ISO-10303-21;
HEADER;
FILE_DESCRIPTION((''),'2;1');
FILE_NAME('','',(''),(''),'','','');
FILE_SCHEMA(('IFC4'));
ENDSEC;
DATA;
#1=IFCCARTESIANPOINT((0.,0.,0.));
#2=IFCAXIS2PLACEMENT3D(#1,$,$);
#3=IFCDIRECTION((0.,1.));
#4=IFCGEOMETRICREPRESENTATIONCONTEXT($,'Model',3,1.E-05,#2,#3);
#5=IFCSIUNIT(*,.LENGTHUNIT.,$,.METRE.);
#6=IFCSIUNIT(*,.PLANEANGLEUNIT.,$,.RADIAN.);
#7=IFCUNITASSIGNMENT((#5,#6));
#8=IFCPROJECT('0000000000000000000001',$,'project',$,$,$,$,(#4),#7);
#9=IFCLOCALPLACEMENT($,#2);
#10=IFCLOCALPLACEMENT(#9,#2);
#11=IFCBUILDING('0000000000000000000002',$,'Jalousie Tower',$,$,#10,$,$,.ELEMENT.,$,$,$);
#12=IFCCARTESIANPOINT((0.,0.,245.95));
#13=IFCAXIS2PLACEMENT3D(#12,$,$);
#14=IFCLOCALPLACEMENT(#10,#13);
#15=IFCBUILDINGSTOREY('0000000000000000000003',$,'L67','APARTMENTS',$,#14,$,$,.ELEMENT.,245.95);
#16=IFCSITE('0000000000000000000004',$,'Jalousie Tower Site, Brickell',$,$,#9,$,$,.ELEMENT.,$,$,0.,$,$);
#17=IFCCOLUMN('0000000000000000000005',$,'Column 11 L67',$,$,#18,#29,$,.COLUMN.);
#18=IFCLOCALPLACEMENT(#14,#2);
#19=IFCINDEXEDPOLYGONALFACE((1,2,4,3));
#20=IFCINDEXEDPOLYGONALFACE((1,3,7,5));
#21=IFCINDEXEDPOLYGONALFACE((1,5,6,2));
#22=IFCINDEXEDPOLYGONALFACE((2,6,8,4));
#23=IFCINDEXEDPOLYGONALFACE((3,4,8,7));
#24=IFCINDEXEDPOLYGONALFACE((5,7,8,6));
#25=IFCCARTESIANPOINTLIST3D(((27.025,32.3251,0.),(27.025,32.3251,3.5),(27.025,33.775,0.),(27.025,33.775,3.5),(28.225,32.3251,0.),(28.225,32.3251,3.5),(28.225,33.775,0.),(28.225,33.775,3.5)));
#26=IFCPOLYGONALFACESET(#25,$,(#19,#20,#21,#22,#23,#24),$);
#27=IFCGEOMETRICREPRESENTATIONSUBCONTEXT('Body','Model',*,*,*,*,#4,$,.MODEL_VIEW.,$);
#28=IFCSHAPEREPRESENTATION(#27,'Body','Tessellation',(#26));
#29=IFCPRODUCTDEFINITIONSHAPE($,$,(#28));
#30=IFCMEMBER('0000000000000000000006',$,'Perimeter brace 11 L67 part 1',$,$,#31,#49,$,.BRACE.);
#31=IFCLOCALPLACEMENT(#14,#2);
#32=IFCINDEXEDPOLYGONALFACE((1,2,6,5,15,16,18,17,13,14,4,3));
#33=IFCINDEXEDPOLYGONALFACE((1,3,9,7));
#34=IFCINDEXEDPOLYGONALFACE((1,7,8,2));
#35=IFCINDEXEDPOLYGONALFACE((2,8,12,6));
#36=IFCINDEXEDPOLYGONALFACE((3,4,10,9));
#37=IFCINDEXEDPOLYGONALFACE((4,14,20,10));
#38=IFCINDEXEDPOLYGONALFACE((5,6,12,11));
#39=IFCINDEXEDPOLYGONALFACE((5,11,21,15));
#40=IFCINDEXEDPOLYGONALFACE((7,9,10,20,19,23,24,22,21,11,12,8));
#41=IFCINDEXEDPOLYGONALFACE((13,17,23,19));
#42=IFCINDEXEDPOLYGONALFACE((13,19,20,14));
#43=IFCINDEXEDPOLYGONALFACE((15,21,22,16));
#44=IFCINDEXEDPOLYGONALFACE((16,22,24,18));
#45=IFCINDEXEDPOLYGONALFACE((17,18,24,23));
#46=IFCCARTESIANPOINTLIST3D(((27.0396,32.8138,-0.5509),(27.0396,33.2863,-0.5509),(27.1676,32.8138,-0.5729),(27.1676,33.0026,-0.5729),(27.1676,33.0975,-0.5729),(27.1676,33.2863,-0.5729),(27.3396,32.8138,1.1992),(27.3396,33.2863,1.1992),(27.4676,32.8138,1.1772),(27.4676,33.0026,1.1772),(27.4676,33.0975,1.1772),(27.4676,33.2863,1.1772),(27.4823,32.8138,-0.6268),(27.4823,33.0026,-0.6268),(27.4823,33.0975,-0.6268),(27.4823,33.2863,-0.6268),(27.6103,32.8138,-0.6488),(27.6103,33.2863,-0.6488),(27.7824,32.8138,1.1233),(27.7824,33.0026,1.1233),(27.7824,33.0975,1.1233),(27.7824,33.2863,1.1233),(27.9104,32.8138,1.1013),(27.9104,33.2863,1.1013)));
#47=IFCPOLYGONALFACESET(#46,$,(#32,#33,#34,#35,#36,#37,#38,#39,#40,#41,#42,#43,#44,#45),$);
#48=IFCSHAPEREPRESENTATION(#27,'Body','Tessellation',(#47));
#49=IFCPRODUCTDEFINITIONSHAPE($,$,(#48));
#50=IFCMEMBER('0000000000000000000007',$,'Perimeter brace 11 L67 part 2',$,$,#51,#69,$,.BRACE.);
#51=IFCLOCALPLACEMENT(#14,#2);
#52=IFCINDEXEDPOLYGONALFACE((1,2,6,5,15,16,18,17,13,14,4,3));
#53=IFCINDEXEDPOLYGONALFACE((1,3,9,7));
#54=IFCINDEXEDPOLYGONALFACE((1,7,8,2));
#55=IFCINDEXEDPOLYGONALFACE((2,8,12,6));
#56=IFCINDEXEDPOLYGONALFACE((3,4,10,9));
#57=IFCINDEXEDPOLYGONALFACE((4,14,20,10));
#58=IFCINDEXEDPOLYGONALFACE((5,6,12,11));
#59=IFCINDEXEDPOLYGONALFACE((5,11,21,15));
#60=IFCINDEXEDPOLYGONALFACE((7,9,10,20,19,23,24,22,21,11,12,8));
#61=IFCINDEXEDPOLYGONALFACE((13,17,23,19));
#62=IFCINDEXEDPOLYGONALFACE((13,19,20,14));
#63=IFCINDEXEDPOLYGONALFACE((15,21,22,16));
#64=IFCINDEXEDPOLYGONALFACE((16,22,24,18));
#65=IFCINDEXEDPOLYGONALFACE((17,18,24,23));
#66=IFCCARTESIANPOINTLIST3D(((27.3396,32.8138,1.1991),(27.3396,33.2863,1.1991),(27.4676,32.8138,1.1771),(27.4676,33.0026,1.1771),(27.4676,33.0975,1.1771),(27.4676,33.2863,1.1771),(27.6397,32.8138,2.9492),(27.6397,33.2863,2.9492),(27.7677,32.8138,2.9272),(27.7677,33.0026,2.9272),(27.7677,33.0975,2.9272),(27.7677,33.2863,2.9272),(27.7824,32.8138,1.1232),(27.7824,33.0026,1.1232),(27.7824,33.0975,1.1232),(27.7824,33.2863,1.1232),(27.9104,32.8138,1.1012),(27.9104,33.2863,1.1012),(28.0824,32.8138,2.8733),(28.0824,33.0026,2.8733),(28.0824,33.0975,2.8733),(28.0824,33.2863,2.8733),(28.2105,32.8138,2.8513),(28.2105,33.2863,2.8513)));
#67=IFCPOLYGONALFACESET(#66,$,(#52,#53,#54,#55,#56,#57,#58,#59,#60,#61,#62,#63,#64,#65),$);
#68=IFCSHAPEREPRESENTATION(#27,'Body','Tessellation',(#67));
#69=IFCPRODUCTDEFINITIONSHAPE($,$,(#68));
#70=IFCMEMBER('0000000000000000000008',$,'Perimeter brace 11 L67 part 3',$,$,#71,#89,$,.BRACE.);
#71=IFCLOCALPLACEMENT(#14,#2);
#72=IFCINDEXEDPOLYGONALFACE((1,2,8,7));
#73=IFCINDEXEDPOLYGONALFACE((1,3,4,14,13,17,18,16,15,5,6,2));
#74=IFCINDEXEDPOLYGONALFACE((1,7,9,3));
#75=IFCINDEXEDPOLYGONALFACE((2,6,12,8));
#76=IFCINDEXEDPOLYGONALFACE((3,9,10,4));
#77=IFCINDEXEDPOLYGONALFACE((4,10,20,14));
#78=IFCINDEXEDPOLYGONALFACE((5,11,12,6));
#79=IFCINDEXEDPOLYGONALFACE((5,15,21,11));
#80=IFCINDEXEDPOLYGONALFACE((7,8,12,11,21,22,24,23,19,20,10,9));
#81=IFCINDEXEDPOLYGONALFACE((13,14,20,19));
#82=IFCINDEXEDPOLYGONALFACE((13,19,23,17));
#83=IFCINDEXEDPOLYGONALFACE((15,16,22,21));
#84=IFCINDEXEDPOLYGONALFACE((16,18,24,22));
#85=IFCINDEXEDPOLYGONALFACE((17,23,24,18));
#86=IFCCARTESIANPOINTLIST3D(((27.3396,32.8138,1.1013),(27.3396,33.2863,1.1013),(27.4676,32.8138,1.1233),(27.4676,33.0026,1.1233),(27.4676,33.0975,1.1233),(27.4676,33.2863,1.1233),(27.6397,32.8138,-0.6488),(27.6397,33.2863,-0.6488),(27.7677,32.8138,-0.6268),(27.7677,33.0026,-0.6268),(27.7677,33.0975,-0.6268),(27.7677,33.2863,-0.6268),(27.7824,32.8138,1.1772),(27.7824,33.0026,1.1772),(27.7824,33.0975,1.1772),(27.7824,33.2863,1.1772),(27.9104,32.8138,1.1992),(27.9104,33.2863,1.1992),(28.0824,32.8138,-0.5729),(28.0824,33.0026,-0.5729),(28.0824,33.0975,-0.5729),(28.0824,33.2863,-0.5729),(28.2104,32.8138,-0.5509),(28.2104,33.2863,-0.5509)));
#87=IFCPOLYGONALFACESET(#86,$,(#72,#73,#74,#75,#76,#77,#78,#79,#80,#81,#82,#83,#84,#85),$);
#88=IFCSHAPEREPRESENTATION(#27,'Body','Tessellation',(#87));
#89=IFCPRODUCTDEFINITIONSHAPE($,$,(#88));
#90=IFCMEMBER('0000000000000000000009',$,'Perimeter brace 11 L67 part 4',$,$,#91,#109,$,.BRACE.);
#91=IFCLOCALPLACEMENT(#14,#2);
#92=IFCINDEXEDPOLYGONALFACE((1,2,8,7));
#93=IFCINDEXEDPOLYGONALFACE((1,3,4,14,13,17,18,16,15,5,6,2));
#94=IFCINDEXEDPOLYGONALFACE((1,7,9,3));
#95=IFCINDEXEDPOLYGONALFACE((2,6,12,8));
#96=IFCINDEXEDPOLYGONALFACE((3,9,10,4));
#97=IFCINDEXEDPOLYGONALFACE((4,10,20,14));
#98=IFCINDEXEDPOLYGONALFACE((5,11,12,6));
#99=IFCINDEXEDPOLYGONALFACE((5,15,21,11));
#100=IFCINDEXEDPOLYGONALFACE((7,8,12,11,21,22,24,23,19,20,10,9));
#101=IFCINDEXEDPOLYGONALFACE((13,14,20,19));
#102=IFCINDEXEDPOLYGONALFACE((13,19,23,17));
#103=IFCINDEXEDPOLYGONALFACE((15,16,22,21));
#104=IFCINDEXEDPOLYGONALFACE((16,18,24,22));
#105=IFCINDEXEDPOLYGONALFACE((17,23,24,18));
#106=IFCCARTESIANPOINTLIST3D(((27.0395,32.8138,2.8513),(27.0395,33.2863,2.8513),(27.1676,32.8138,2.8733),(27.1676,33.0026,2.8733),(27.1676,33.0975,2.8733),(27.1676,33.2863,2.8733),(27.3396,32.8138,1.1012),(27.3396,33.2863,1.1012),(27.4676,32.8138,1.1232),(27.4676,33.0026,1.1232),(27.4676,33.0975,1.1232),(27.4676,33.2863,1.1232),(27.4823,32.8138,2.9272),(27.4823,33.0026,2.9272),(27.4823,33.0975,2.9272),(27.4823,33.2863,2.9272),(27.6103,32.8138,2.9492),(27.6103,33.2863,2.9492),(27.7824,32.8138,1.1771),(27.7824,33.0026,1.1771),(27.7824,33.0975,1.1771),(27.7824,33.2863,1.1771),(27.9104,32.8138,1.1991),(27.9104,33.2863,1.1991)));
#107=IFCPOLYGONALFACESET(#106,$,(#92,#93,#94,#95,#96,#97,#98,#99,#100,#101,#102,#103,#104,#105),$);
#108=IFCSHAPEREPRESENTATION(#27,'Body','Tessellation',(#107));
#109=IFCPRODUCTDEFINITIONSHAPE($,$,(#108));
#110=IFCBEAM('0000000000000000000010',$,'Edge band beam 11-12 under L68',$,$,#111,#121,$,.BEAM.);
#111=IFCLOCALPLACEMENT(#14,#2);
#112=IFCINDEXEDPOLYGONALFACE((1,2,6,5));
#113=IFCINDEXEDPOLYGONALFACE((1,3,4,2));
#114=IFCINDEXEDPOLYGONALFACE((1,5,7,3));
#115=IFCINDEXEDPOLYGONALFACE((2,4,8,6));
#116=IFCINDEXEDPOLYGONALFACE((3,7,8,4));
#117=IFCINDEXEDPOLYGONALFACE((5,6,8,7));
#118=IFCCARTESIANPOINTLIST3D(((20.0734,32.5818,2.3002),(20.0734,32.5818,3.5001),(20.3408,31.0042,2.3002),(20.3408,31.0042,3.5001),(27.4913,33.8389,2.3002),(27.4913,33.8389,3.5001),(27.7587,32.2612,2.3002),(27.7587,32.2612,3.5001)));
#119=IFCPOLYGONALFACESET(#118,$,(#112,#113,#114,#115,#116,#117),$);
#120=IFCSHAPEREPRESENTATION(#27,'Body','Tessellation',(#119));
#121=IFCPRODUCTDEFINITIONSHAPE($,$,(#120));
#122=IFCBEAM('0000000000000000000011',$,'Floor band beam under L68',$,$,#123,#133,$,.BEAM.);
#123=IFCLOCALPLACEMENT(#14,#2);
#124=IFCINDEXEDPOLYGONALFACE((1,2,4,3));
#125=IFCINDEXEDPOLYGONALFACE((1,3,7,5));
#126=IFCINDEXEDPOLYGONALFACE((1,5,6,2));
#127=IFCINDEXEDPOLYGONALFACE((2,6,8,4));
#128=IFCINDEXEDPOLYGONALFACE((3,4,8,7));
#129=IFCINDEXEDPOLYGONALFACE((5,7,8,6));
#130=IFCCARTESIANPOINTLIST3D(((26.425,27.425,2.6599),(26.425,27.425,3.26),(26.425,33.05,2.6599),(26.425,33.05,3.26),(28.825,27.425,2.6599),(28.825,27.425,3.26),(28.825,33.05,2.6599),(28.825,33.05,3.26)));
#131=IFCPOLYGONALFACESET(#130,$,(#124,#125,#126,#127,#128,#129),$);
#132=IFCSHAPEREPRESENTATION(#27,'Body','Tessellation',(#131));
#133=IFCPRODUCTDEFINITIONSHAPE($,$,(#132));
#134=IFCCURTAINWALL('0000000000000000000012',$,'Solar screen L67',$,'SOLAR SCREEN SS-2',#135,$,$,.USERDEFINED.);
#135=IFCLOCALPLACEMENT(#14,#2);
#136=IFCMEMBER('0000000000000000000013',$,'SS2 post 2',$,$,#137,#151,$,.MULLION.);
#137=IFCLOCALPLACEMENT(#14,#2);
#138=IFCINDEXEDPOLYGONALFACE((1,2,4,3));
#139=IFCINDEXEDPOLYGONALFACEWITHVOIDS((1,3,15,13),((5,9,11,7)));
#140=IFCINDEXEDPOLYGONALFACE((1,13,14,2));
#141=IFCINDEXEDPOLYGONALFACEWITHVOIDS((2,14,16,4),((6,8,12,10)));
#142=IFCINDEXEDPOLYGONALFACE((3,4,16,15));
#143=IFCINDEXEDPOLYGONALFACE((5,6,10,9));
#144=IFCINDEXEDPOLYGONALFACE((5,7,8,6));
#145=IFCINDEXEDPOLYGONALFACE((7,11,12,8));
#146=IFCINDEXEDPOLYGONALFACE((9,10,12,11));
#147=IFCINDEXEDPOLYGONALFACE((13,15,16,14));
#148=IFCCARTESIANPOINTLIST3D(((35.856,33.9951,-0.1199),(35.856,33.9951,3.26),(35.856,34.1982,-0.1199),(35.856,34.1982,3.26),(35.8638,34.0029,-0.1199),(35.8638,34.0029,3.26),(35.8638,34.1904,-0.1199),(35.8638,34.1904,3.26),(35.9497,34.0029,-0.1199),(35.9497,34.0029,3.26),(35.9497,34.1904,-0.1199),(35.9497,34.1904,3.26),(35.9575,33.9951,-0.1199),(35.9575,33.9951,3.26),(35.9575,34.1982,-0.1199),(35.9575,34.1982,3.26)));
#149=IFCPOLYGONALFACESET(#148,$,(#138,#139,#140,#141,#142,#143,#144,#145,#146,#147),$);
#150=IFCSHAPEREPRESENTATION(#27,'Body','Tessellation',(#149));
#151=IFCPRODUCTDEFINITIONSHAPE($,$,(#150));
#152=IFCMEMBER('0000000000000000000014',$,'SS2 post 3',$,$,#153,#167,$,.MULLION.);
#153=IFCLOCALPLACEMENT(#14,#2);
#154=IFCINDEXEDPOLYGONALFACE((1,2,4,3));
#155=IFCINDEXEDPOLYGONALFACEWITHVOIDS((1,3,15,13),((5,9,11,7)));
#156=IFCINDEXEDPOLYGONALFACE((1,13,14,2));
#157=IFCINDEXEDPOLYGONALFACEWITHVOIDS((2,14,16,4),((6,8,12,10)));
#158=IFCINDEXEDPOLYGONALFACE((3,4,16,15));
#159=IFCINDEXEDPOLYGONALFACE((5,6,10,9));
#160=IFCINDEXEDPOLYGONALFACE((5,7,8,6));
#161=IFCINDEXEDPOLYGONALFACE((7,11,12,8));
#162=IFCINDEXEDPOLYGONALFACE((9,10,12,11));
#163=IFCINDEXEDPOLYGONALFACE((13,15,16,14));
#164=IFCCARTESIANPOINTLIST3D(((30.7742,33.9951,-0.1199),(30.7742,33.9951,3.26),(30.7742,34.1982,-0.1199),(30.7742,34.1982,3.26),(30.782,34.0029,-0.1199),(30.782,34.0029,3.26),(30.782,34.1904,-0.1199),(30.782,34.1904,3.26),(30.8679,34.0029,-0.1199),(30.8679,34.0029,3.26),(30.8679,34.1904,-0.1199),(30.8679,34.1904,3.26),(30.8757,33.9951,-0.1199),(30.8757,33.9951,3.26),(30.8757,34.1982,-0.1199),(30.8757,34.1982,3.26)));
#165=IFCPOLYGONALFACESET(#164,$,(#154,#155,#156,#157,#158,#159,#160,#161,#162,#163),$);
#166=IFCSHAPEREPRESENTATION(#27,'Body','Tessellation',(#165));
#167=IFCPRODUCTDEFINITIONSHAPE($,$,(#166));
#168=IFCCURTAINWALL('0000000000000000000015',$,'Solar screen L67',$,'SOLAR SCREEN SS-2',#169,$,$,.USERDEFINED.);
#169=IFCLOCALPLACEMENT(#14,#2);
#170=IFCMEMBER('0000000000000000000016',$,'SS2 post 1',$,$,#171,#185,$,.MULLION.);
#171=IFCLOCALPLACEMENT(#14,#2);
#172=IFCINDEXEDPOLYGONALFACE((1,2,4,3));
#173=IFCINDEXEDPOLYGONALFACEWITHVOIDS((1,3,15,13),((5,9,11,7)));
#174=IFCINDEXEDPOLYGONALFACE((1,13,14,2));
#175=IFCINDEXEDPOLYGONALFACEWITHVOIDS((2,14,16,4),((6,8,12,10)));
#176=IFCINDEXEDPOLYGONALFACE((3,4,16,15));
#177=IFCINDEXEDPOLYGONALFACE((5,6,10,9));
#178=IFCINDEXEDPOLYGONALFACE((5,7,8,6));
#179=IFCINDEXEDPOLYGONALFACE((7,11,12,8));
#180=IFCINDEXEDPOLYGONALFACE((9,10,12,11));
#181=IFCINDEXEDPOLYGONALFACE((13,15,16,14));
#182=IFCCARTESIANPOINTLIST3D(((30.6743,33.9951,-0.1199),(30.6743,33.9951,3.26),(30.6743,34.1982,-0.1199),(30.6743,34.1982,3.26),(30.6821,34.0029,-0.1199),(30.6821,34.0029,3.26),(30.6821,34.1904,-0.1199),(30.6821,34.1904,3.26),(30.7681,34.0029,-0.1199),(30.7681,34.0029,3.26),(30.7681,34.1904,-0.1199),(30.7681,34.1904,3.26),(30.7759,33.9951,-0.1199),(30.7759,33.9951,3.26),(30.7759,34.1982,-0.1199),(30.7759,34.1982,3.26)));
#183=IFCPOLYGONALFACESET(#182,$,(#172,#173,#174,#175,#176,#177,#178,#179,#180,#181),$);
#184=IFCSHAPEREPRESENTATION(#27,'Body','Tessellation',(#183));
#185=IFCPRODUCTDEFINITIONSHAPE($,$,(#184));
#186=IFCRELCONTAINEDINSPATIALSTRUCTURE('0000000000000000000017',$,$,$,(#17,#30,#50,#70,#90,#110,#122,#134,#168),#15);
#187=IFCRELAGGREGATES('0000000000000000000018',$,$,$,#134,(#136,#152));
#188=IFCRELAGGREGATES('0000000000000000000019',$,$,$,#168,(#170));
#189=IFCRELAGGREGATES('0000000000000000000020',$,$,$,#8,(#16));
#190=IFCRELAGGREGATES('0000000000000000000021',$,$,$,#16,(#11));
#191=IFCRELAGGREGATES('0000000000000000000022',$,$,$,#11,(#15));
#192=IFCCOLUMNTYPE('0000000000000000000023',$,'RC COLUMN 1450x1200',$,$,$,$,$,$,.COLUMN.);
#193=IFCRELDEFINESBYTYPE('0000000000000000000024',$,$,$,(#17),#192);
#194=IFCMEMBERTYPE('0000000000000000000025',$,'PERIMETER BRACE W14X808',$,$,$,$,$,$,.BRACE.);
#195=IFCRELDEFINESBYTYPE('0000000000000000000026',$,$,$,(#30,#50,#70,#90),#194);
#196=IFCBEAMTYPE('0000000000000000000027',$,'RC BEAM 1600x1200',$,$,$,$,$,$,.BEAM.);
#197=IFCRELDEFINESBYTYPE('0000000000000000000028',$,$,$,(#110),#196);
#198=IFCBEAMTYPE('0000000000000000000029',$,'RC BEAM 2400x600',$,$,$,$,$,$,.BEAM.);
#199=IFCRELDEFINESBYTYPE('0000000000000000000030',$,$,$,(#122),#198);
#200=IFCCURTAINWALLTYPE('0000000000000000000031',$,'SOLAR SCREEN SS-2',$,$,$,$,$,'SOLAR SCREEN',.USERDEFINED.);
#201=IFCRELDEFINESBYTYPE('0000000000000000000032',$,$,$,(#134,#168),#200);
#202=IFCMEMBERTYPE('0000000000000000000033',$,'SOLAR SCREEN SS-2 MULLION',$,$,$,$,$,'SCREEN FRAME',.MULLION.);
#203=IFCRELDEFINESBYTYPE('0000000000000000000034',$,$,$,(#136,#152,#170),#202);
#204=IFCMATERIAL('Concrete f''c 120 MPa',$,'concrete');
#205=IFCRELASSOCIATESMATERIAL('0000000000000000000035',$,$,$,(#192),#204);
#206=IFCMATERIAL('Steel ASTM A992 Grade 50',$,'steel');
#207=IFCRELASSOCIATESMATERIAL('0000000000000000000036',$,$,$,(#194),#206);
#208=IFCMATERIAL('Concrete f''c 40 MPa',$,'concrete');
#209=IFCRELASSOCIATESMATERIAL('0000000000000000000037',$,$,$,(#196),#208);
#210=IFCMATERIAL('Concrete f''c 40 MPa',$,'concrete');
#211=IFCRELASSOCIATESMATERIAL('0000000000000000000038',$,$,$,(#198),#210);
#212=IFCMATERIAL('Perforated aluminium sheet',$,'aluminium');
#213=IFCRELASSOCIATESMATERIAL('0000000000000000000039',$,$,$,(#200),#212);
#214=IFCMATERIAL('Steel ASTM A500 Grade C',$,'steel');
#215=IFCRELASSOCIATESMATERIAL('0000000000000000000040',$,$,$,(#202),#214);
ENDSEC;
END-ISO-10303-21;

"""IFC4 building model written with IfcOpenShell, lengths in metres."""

from ifc_helpers import new_model, si_unit, direction, frame, origin, origin_2d, place, context, subcontext, project, spatial, rectangle, hollow_rectangle, i_section, extrude, material, material_profile, profile_set, type_object, element, aggregate, save


model = new_model("IFC4")

# Units and contexts
model_context = context("Model", 3, precision=1e-05, world=origin(), true_north=direction((0.0, 1.0)))
body_context = subcontext(model_context, "Body", "Model", "MODEL_VIEW")
ifc_project = project(units=[si_unit("LENGTHUNIT", "METRE"), si_unit("PLANEANGLEUNIT", "RADIAN")], contexts=[model_context])

# Site, building, storey
site_placement = place(None, origin())
site = spatial("IfcSite", under=ifc_project, at=site_placement, Name="Jalousie Tower Site, Brickell", CompositionType="ELEMENT", RefElevation=0.0)
building_placement = place(site_placement, origin())
building = spatial("IfcBuilding", under=site, at=building_placement, Name="Jalousie Tower", CompositionType="ELEMENT")
storey_placement = place(building_placement, frame((0.0, 0.0, 245.95)))
storey = spatial("IfcBuildingStorey", under=building, at=storey_placement, Name="L67", Description="APARTMENTS", CompositionType="ELEMENT", Elevation=245.95)

# Column
ifc_material_1 = material(Name="Concrete f'c 120 MPa", Category="concrete")
ifc_material_profile_1 = material_profile(ifc_material_1, rectangle(XDim=1.45, YDim=1.2, at=origin_2d()), Name="RC 1450x1200")
ifc_profile_set_1 = profile_set([ifc_material_profile_1], Name="Concrete f'c 120 MPa")
column_type = type_object("IfcColumnType", Name="RC COLUMN 1450x1200", PredefinedType="COLUMN", material=ifc_profile_set_1)
column_placement = place(storey_placement, frame((27.625, 33.05, 0.0), z_axis=(0.0, 0.0, 1.0), x_axis=(0.0, 1.0, 0.0)))
element("IfcColumn", 1, at=column_placement, inside=storey, type_object=column_type, Name="Column 11 L67", PredefinedType="COLUMN", context=body_context, shape_type="SweptSolid", body=[
    extrude(rectangle(XDim=1.45, YDim=1.2, at=origin_2d()), origin(), (0.0, 0.0, 1.0), 3.5),
])

# Members
ifc_material_2 = material(Name="Steel ASTM A992 Grade 50", Category="steel")
ifc_material_profile_2 = material_profile(ifc_material_2, i_section(OverallWidth=0.4724, OverallDepth=0.5791, WebThickness=0.095, FlangeThickness=0.1299, at=origin_2d()), Name="W14X808")
ifc_profile_set_2 = profile_set([ifc_material_profile_2], Name="Steel ASTM A992 Grade 50")
member_type_1 = type_object("IfcMemberType", Name="PERIMETER BRACE W14X808", PredefinedType="BRACE", material=ifc_profile_set_2)
for number, where, z_axis, x_axis, name in (
    (2, (27.325, 33.05, -0.5999), (0.168991, 0.0, 0.985618), (0.0, 1.0, 0.0), "Perimeter brace 11 L67 part 1"),
    (3, (27.625, 33.05, 1.1501), (0.168991, 0.0, 0.985618), (0.0, 1.0, 0.0), "Perimeter brace 11 L67 part 2"),
    (4, (27.925, 33.05, -0.5999), (-0.168991, 0.0, 0.985618), (0.0, -1.0, 0.0), "Perimeter brace 11 L67 part 3"),
    (5, (27.625, 33.05, 1.1501), (-0.168991, 0.0, 0.985618), (0.0, -1.0, 0.0), "Perimeter brace 11 L67 part 4"),
):
    element("IfcMember", number, at=place(storey_placement, frame(where, z_axis=z_axis, x_axis=x_axis)), inside=storey, type_object=member_type_1, Name=name, PredefinedType="BRACE", context=body_context, shape_type="SweptSolid", body=[
        extrude(i_section(OverallWidth=0.4724, OverallDepth=0.5791, WebThickness=0.095, FlangeThickness=0.1299, at=origin_2d()), origin(), (0.0, 0.0, 1.0), 1.7756),
    ])

# Beams
ifc_material_3 = material(Name="Concrete f'c 40 MPa", Category="concrete")
ifc_material_profile_3 = material_profile(ifc_material_3, rectangle(XDim=1.6001, YDim=1.2, at=origin_2d()), Name="RC 1600x1200")
ifc_profile_set_3 = profile_set([ifc_material_profile_3], Name="Concrete f'c 40 MPa")
beam_type_1 = type_object("IfcBeamType", Name="RC BEAM 1600x1200", PredefinedType="BEAM", material=ifc_profile_set_3)
beam_1_placement = place(storey_placement, frame((27.625, 33.05, 2.9001), z_axis=(-0.985943, -0.167082, 0.0), x_axis=(0.167082, -0.985943, 0.0)))
element("IfcBeam", 6, at=beam_1_placement, inside=storey, type_object=beam_type_1, Name="Edge band beam 11-12 under L68", PredefinedType="BEAM", context=body_context, shape_type="SweptSolid", body=[
    extrude(rectangle(XDim=1.6001, YDim=1.2, at=origin_2d()), origin(), (0.0, 0.0, 1.0), 7.5237),
])
ifc_material_4 = material(Name="Concrete f'c 40 MPa", Category="concrete")
ifc_material_profile_4 = material_profile(ifc_material_4, rectangle(XDim=2.3999, YDim=0.6001, at=origin_2d()), Name="RC 2400x600")
ifc_profile_set_4 = profile_set([ifc_material_profile_4], Name="Concrete f'c 40 MPa")
beam_type_2 = type_object("IfcBeamType", Name="RC BEAM 2400x600", PredefinedType="BEAM", material=ifc_profile_set_4)
beam_2_placement = place(storey_placement, frame((27.625, 33.05, 2.96), z_axis=(0.0, -1.0, 0.0), x_axis=(1.0, 0.0, 0.0)))
element("IfcBeam", 7, at=beam_2_placement, inside=storey, type_object=beam_type_2, Name="Floor band beam under L68", PredefinedType="BEAM", context=body_context, shape_type="SweptSolid", body=[
    extrude(rectangle(XDim=2.3999, YDim=0.6001, at=origin_2d()), origin(), (0.0, 0.0, 1.0), 5.625),
])

# Curtain walls, members
ifc_material_5 = material(Name="Perforated aluminium sheet", Category="aluminium")
curtain_wall_type = type_object("IfcCurtainWallType", Name="SOLAR SCREEN SS-2", ElementType="SOLAR SCREEN", PredefinedType="USERDEFINED", material=ifc_material_5)
curtain_wall_1_placement = place(storey_placement, origin())
curtain_wall_1 = element("IfcCurtainWall", 8, at=curtain_wall_1_placement, inside=storey, type_object=curtain_wall_type, Name="Solar screen L67", ObjectType="SOLAR SCREEN SS-2", PredefinedType="USERDEFINED")
ifc_material_6 = material(Name="Steel ASTM A500 Grade C", Category="steel")
ifc_material_profile_5 = material_profile(ifc_material_6, hollow_rectangle(XDim=0.1016, YDim=0.2031, WallThickness=0.0078, at=origin_2d()), Name="HSS8X4X5/16")
ifc_profile_set_5 = profile_set([ifc_material_profile_5], Name="Steel ASTM A500 Grade C")
member_type_2 = type_object("IfcMemberType", Name="SOLAR SCREEN SS-2 MULLION", ElementType="SCREEN FRAME", PredefinedType="MULLION", material=ifc_profile_set_5)
member_1_placement = place(storey_placement, frame((35.9067, 34.0967, -0.1199), z_axis=(0.0, 0.0, 1.0), x_axis=(-1.0, 0.0, 0.0)))
member_1 = element("IfcMember", 9, at=member_1_placement, type_object=member_type_2, Name="SS2 post 2", PredefinedType="MULLION", context=body_context, shape_type="SweptSolid", body=[
    extrude(hollow_rectangle(XDim=0.1016, YDim=0.2031, WallThickness=0.0078, at=origin_2d()), origin(), (0.0, 0.0, 1.0), 3.3799),
])
member_2_placement = place(storey_placement, frame((30.825, 34.0967, -0.1199), z_axis=(0.0, 0.0, 1.0), x_axis=(-1.0, 0.0, 0.0)))
member_2 = element("IfcMember", 10, at=member_2_placement, type_object=member_type_2, Name="SS2 post 3", PredefinedType="MULLION", context=body_context, shape_type="SweptSolid", body=[
    extrude(hollow_rectangle(XDim=0.1016, YDim=0.2031, WallThickness=0.0078, at=origin_2d()), origin(), (0.0, 0.0, 1.0), 3.3799),
])
curtain_wall_2_placement = place(storey_placement, origin())
curtain_wall_2 = element("IfcCurtainWall", 11, at=curtain_wall_2_placement, inside=storey, type_object=curtain_wall_type, Name="Solar screen L67", ObjectType="SOLAR SCREEN SS-2", PredefinedType="USERDEFINED")
member_3_placement = place(storey_placement, frame((30.7251, 34.0967, -0.1199), z_axis=(0.0, 0.0, 1.0), x_axis=(-1.0, 0.0, 0.0)))
member_3 = element("IfcMember", 12, at=member_3_placement, type_object=member_type_2, Name="SS2 post 1", PredefinedType="MULLION", context=body_context, shape_type="SweptSolid", body=[
    extrude(hollow_rectangle(XDim=0.1016, YDim=0.2031, WallThickness=0.0078, at=origin_2d()), origin(), (0.0, 0.0, 1.0), 3.3799),
])

aggregate(curtain_wall_1, [member_1, member_2])
aggregate(curtain_wall_2, [member_3])

save(model, "model.ifc")
